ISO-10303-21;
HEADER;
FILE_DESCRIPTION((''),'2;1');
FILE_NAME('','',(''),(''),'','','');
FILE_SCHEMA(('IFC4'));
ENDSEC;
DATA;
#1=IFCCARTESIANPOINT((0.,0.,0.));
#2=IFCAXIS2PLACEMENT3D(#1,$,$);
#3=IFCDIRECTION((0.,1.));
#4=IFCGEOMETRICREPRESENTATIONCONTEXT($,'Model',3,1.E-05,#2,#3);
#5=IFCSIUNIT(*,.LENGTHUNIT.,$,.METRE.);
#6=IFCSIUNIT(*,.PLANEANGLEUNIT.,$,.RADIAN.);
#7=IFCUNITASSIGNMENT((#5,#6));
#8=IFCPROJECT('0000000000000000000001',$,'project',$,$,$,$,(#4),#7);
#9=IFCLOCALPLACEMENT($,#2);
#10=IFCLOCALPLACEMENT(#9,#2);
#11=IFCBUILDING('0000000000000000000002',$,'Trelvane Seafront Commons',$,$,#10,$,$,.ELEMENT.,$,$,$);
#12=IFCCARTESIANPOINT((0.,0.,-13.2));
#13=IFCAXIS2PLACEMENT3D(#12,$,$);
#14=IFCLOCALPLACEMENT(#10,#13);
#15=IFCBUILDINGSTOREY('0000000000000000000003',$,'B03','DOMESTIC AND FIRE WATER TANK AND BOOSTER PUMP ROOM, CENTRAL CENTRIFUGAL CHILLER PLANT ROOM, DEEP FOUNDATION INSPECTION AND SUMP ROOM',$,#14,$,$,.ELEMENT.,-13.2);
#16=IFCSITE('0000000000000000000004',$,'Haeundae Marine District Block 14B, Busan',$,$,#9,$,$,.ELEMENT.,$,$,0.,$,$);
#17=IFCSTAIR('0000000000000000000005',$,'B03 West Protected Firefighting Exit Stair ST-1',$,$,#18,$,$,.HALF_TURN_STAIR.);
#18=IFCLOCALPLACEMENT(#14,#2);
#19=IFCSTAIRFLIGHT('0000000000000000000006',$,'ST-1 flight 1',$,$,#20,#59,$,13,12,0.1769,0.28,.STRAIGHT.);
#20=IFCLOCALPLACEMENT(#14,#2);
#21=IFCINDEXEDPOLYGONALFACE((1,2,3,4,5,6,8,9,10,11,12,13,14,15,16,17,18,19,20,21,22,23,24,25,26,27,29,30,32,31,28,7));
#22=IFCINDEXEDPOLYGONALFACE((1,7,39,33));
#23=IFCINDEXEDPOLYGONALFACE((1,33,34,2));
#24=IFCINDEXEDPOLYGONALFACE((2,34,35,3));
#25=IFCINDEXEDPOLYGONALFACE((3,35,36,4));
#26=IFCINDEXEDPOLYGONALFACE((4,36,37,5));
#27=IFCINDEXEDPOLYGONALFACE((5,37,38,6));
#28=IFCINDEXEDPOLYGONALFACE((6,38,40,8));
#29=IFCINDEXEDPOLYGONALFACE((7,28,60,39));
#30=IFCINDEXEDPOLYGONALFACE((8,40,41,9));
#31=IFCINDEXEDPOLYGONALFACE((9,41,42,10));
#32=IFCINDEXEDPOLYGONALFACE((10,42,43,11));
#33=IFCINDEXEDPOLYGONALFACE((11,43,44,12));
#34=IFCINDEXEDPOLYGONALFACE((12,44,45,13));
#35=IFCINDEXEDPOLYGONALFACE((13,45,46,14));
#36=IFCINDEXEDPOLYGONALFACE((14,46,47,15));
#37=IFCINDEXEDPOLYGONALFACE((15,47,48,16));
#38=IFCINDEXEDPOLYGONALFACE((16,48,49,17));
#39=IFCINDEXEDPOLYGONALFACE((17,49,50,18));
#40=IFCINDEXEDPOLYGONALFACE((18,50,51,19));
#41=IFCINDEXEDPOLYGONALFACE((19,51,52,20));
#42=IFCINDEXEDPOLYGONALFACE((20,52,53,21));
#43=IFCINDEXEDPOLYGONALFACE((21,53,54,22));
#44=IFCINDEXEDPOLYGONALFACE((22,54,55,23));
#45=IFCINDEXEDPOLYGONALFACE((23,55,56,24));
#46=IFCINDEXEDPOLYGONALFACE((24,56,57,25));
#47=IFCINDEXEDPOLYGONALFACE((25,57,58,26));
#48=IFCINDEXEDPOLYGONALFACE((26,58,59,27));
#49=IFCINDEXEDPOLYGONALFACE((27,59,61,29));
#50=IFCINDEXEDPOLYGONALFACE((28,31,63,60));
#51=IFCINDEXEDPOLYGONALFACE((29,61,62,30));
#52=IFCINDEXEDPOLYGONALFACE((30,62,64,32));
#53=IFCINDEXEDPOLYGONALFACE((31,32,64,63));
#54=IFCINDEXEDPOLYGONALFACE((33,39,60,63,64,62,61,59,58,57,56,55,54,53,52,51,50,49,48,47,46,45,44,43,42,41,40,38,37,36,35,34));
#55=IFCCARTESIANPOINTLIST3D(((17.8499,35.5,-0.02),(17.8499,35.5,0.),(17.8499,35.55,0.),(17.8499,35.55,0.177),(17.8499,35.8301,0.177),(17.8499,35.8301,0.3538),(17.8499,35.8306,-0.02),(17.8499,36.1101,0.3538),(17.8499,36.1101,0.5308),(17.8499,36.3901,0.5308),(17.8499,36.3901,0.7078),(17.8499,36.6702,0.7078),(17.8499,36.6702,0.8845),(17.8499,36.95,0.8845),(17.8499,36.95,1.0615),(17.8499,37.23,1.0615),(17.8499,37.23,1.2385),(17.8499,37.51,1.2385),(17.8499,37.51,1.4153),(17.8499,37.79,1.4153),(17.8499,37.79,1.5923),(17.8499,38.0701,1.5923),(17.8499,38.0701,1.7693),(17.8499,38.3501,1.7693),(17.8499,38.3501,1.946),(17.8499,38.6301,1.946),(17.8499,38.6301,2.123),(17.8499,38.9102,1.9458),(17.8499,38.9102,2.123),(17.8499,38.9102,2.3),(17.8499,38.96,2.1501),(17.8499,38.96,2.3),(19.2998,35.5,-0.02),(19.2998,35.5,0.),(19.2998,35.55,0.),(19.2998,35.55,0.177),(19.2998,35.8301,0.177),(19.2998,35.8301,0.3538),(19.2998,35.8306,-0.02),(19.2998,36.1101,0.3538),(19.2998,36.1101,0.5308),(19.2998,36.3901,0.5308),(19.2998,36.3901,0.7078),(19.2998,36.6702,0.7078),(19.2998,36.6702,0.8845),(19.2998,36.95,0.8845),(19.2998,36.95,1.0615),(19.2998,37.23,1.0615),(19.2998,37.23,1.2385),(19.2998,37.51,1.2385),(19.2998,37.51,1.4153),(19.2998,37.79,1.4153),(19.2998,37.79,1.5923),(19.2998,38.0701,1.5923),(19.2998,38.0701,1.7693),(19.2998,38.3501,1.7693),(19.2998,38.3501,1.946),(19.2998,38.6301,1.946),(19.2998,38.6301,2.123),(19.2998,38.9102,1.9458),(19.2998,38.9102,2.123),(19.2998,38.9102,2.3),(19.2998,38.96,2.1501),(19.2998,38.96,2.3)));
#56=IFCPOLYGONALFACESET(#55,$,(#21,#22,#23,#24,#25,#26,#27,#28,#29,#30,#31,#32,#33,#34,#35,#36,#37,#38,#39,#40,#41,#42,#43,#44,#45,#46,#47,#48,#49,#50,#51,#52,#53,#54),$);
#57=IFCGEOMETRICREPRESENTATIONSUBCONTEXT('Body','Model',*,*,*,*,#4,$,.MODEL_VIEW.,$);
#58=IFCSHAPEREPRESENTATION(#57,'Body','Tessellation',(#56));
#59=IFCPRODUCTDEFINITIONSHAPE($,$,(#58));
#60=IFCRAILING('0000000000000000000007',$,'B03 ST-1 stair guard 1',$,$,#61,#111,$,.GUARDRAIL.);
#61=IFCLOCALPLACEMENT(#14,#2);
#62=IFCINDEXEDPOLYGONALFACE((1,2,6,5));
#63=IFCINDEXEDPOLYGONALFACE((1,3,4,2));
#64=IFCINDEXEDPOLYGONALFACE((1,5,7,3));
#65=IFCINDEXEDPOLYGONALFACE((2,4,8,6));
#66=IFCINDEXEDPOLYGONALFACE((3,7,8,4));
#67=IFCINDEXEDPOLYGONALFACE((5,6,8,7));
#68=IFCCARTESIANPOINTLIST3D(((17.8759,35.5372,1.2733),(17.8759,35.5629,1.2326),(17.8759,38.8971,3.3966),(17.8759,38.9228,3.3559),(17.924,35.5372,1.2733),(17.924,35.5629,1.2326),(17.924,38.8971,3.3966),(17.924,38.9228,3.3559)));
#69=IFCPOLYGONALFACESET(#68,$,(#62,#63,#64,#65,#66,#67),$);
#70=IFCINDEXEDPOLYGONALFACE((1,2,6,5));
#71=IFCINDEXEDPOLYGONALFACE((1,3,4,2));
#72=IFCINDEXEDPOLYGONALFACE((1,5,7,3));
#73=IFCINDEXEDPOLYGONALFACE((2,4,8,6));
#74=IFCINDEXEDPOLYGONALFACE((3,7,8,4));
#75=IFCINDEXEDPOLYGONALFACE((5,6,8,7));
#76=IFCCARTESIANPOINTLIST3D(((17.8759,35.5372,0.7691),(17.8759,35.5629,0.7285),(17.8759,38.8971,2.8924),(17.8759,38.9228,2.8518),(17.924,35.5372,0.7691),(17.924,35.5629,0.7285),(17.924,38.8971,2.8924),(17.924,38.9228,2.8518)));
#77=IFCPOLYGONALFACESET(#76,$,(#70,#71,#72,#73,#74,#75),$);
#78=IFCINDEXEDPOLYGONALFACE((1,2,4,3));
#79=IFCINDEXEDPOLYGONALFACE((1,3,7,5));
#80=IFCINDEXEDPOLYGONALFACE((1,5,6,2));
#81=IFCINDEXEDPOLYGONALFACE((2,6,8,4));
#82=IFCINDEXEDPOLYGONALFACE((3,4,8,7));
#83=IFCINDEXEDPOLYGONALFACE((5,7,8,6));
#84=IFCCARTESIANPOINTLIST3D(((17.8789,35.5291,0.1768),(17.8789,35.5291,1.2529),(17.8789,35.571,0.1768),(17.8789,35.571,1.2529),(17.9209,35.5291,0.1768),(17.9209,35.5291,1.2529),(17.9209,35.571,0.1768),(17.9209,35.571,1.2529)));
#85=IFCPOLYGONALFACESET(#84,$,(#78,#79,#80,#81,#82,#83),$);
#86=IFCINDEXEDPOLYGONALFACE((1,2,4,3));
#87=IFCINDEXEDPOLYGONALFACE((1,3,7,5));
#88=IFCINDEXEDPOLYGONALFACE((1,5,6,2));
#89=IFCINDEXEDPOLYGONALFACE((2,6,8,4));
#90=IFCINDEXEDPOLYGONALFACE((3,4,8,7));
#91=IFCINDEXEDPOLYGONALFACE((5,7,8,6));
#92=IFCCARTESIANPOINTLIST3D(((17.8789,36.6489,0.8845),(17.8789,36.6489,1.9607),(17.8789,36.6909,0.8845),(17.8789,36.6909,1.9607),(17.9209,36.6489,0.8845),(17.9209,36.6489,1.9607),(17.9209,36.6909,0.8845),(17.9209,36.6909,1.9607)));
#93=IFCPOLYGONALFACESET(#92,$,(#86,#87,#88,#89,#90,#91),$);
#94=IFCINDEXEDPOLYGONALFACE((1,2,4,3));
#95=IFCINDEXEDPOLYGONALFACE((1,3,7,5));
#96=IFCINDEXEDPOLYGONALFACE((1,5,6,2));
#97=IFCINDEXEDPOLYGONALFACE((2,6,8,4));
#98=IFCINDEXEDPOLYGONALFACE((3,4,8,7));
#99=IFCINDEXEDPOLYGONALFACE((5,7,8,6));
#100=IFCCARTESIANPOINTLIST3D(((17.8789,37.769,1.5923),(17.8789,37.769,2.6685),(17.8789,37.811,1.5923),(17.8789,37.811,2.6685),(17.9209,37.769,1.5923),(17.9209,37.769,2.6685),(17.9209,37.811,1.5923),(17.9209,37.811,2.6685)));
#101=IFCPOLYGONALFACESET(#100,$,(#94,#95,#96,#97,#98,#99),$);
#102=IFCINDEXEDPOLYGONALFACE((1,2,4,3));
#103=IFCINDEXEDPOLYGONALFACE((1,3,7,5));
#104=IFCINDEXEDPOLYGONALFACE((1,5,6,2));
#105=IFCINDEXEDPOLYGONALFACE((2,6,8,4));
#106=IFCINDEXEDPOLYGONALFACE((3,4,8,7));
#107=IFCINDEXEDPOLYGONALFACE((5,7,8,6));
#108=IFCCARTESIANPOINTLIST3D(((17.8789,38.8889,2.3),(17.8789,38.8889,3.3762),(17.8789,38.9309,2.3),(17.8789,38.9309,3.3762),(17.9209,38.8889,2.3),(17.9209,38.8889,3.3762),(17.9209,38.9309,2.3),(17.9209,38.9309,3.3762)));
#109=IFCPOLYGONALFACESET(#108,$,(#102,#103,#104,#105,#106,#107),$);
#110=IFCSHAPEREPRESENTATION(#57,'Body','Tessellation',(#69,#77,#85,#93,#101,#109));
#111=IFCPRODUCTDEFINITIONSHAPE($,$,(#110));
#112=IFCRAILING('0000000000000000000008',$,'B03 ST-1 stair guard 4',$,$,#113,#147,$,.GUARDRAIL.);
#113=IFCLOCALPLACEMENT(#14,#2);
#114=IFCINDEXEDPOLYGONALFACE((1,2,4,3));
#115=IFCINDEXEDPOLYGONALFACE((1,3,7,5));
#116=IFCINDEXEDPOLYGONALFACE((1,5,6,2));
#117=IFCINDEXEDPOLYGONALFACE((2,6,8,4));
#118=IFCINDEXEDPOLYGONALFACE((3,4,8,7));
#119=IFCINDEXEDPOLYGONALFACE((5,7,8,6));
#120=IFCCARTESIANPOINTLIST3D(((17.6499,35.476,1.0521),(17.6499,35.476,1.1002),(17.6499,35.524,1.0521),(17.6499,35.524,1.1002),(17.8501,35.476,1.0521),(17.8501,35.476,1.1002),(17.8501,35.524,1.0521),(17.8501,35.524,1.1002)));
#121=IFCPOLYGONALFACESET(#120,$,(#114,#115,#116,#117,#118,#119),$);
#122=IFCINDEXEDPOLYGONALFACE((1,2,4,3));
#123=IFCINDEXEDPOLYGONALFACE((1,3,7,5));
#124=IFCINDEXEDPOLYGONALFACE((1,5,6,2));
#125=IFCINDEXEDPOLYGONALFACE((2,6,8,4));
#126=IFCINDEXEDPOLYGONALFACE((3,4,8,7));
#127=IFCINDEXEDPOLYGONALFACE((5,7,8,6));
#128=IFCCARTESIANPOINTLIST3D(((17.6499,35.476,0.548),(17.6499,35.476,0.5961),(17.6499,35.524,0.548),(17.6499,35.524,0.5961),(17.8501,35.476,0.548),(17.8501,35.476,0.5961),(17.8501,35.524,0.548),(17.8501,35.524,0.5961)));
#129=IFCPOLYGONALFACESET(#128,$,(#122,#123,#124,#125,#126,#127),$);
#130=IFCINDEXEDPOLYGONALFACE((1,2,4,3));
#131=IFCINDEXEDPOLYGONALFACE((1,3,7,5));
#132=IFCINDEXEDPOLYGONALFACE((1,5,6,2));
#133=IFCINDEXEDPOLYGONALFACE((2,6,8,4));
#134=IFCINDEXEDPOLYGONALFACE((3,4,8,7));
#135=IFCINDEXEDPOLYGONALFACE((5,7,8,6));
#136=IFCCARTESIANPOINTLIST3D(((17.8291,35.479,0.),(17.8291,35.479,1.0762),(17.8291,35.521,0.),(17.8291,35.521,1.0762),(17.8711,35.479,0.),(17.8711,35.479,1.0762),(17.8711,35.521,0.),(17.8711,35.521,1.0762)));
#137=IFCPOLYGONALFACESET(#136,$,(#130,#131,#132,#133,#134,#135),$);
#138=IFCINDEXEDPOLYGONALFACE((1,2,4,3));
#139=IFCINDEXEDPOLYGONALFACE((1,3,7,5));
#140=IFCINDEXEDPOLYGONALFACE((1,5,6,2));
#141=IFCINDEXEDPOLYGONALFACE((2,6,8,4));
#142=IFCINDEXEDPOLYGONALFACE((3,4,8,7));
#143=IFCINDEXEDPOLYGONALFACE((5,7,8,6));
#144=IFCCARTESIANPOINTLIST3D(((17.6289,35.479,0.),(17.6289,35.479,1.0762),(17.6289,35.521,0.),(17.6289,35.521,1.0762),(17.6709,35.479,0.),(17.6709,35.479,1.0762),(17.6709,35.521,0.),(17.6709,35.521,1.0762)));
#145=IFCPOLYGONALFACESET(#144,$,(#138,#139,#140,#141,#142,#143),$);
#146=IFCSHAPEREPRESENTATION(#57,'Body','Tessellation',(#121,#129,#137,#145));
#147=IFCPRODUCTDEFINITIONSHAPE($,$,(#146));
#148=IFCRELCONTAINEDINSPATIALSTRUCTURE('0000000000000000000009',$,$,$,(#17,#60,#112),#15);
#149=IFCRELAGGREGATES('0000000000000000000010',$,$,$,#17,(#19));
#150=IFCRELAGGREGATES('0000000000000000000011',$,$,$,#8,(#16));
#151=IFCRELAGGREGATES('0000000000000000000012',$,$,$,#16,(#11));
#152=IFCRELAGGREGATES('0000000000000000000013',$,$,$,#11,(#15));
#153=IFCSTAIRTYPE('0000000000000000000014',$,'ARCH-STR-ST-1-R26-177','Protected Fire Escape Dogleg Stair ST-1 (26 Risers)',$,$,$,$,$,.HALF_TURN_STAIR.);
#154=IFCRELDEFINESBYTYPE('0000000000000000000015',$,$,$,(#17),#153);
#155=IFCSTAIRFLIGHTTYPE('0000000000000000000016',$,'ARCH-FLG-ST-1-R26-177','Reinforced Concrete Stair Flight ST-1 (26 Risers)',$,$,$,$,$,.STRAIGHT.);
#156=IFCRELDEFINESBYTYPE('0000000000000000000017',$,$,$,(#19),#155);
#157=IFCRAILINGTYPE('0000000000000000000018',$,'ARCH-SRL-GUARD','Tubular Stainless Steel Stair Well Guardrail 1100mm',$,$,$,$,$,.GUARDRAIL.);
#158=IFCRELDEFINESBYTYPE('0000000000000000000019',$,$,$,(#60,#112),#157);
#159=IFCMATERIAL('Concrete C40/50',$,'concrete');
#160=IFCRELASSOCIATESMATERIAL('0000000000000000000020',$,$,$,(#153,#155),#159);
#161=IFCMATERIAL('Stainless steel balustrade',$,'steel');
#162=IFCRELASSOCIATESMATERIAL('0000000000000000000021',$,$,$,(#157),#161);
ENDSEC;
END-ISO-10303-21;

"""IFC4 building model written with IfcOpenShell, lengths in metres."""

from ifc_helpers import new_model, si_unit, direction, frame, origin, origin_2d, place, context, subcontext, project, spatial, polyline, rectangle, outline, extrude, source, transform, mapped, material, type_object, element, aggregate, save


model = new_model("IFC4")

# Units and contexts
model_context = context("Model", 3, precision=1e-05, world=origin(), true_north=direction((0.0, 1.0)))
body_context = subcontext(model_context, "Body", "Model", "MODEL_VIEW")
ifc_project = project(units=[si_unit("LENGTHUNIT", "METRE"), si_unit("PLANEANGLEUNIT", "RADIAN")], contexts=[model_context])

# Site, building, storey
site_placement = place(None, origin())
site = spatial("IfcSite", under=ifc_project, at=site_placement, Name="Haeundae Marine District Block 14B, Busan", CompositionType="ELEMENT", RefElevation=0.0)
building_placement = place(site_placement, origin())
building = spatial("IfcBuilding", under=site, at=building_placement, Name="Trelvane Seafront Commons", CompositionType="ELEMENT")
storey_placement = place(building_placement, frame((0.0, 0.0, -13.2)))
storey = spatial("IfcBuildingStorey", under=building, at=storey_placement, Name="B03", Description="DOMESTIC AND FIRE WATER TANK AND BOOSTER PUMP ROOM, CENTRAL CENTRIFUGAL CHILLER PLANT ROOM, DEEP FOUNDATION INSPECTION AND SUMP ROOM", CompositionType="ELEMENT", Elevation=-13.2)

# Shared definitions
ifc_material_1 = material(Name="Concrete C40/50", Category="concrete")

# Stair, stair flight
stair_type = type_object("IfcStairType", Name="ARCH-STR-ST-1-R26-177", Description="Protected Fire Escape Dogleg Stair ST-1 (26 Risers)", PredefinedType="HALF_TURN_STAIR", material=ifc_material_1)
stair_placement = place(storey_placement, origin())
stair = element("IfcStair", 1, at=stair_placement, inside=storey, type_object=stair_type, Name="B03 West Protected Firefighting Exit Stair ST-1", PredefinedType="HALF_TURN_STAIR")
stair_flight_type = type_object("IfcStairFlightType", Name="ARCH-FLG-ST-1-R26-177", Description="Reinforced Concrete Stair Flight ST-1 (26 Risers)", PredefinedType="STRAIGHT", material=ifc_material_1)
shared_shape_1 = source(origin(), body_context, "Body", "SweptSolid", [
    extrude(outline(polyline([(-0.05, -0.02), (-0.05, 0.0), (0.0, 0.0), (0.0, 0.177), (0.28, 0.177), (0.28, 0.3538), (0.5601, 0.3538), (0.5601, 0.5308), (0.8401, 0.5308), (0.8401, 0.7078), (1.1201, 0.7078), (1.1201, 0.8845), (1.3999, 0.8845), (1.3999, 1.0615), (1.6799, 1.0615), (1.6799, 1.2385), (1.96, 1.2385), (1.96, 1.4153), (2.24, 1.4153), (2.24, 1.5923), (2.52, 1.5923), (2.52, 1.7693), (2.8, 1.7693), (2.8, 1.946), (3.0801, 1.946), (3.0801, 2.123), (3.3601, 2.123), (3.3601, 2.3), (3.4099, 2.3), (3.4099, 2.1501), (3.3601, 1.9458), (0.2805, -0.02), (-0.05, -0.02)])), frame((0.0, 0.7251, 0.0), z_axis=(0.0, -1.0, 0.0), x_axis=(1.0, 0.0, 0.0)), (0.0, 0.0, 1.0), 1.45),
])
stair_flight_placement = place(storey_placement, frame((18.575, 35.55, 0.0), z_axis=(0.0, 0.0, 1.0), x_axis=(0.0, 1.0, 0.0)))
stair_flight = element("IfcStairFlight", 2, at=stair_flight_placement, type_object=stair_flight_type, Name="ST-1 flight 1", NumberOfRisers=13, NumberOfTreads=12, PredefinedType="STRAIGHT", RiserHeight=0.1769, TreadLength=0.28, context=body_context, shape_type="MappedRepresentation", body=[
    mapped(shared_shape_1, transform((0.0, 0.0, 0.0), x_axis=(1.0, 0.0, 0.0), y_axis=(0.0, 1.0, 0.0), z_axis=(0.0, 0.0, 1.0), scale=1.0)),
])
aggregate(stair, [stair_flight])

# Railings
ifc_material_2 = material(Name="Stainless steel balustrade", Category="steel")
railing_type = type_object("IfcRailingType", Name="ARCH-SRL-GUARD", Description="Tubular Stainless Steel Stair Well Guardrail 1100mm", PredefinedType="GUARDRAIL", material=ifc_material_2)
railing_1_placement = place(storey_placement, frame((17.8999, 35.55, 0.1768)))
element("IfcRailing", 3, at=railing_1_placement, inside=storey, type_object=railing_type, Name="B03 ST-1 stair guard 1", PredefinedType="GUARDRAIL", context=body_context, shape_type="SweptSolid", body=[
    extrude(rectangle(XDim=0.0481, YDim=0.0481, at=origin_2d()), frame((0.0, 0.0, 1.0762), z_axis=(0.0, 0.845344, 0.534222), x_axis=(-1.0, 0.0, 0.0)), (0.0, 0.0, 1.0), 3.9746),
    extrude(rectangle(XDim=0.0481, YDim=0.0481, at=origin_2d()), frame((0.0, 0.0, 0.572), z_axis=(0.0, 0.845344, 0.534222), x_axis=(-1.0, 0.0, 0.0)), (0.0, 0.0, 1.0), 3.9746),
    extrude(rectangle(XDim=0.042, YDim=0.042, at=origin_2d()), origin(), (0.0, 0.0, 1.0), 1.0762),
    extrude(rectangle(XDim=0.042, YDim=0.042, at=origin_2d()), frame((0.0, 1.1199, 0.7078)), (0.0, 0.0, 1.0), 1.0762),
    extrude(rectangle(XDim=0.042, YDim=0.042, at=origin_2d()), frame((0.0, 2.24, 1.4155)), (0.0, 0.0, 1.0), 1.0762),
    extrude(rectangle(XDim=0.042, YDim=0.042, at=origin_2d()), frame((0.0, 3.3599, 2.1233)), (0.0, 0.0, 1.0), 1.0762),
])
railing_2_placement = place(storey_placement, frame((17.8501, 35.5, 0.0)))
element("IfcRailing", 4, at=railing_2_placement, inside=storey, type_object=railing_type, Name="B03 ST-1 stair guard 4", PredefinedType="GUARDRAIL", context=body_context, shape_type="SweptSolid", body=[
    extrude(rectangle(XDim=0.0481, YDim=0.0481, at=origin_2d()), frame((0.0, 0.0, 1.0762), z_axis=(-1.0, 0.0, 0.0), x_axis=(0.0, -1.0, 0.0)), (0.0, 0.0, 1.0), 0.2002),
    extrude(rectangle(XDim=0.0481, YDim=0.0481, at=origin_2d()), frame((0.0, 0.0, 0.572), z_axis=(-1.0, 0.0, 0.0), x_axis=(0.0, -1.0, 0.0)), (0.0, 0.0, 1.0), 0.2002),
    extrude(rectangle(XDim=0.042, YDim=0.042, at=origin_2d()), origin(), (0.0, 0.0, 1.0), 1.0762),
    extrude(rectangle(XDim=0.042, YDim=0.042, at=origin_2d()), frame((-0.2002, 0.0, 0.0)), (0.0, 0.0, 1.0), 1.0762),
])

save(model, "model.ifc")
